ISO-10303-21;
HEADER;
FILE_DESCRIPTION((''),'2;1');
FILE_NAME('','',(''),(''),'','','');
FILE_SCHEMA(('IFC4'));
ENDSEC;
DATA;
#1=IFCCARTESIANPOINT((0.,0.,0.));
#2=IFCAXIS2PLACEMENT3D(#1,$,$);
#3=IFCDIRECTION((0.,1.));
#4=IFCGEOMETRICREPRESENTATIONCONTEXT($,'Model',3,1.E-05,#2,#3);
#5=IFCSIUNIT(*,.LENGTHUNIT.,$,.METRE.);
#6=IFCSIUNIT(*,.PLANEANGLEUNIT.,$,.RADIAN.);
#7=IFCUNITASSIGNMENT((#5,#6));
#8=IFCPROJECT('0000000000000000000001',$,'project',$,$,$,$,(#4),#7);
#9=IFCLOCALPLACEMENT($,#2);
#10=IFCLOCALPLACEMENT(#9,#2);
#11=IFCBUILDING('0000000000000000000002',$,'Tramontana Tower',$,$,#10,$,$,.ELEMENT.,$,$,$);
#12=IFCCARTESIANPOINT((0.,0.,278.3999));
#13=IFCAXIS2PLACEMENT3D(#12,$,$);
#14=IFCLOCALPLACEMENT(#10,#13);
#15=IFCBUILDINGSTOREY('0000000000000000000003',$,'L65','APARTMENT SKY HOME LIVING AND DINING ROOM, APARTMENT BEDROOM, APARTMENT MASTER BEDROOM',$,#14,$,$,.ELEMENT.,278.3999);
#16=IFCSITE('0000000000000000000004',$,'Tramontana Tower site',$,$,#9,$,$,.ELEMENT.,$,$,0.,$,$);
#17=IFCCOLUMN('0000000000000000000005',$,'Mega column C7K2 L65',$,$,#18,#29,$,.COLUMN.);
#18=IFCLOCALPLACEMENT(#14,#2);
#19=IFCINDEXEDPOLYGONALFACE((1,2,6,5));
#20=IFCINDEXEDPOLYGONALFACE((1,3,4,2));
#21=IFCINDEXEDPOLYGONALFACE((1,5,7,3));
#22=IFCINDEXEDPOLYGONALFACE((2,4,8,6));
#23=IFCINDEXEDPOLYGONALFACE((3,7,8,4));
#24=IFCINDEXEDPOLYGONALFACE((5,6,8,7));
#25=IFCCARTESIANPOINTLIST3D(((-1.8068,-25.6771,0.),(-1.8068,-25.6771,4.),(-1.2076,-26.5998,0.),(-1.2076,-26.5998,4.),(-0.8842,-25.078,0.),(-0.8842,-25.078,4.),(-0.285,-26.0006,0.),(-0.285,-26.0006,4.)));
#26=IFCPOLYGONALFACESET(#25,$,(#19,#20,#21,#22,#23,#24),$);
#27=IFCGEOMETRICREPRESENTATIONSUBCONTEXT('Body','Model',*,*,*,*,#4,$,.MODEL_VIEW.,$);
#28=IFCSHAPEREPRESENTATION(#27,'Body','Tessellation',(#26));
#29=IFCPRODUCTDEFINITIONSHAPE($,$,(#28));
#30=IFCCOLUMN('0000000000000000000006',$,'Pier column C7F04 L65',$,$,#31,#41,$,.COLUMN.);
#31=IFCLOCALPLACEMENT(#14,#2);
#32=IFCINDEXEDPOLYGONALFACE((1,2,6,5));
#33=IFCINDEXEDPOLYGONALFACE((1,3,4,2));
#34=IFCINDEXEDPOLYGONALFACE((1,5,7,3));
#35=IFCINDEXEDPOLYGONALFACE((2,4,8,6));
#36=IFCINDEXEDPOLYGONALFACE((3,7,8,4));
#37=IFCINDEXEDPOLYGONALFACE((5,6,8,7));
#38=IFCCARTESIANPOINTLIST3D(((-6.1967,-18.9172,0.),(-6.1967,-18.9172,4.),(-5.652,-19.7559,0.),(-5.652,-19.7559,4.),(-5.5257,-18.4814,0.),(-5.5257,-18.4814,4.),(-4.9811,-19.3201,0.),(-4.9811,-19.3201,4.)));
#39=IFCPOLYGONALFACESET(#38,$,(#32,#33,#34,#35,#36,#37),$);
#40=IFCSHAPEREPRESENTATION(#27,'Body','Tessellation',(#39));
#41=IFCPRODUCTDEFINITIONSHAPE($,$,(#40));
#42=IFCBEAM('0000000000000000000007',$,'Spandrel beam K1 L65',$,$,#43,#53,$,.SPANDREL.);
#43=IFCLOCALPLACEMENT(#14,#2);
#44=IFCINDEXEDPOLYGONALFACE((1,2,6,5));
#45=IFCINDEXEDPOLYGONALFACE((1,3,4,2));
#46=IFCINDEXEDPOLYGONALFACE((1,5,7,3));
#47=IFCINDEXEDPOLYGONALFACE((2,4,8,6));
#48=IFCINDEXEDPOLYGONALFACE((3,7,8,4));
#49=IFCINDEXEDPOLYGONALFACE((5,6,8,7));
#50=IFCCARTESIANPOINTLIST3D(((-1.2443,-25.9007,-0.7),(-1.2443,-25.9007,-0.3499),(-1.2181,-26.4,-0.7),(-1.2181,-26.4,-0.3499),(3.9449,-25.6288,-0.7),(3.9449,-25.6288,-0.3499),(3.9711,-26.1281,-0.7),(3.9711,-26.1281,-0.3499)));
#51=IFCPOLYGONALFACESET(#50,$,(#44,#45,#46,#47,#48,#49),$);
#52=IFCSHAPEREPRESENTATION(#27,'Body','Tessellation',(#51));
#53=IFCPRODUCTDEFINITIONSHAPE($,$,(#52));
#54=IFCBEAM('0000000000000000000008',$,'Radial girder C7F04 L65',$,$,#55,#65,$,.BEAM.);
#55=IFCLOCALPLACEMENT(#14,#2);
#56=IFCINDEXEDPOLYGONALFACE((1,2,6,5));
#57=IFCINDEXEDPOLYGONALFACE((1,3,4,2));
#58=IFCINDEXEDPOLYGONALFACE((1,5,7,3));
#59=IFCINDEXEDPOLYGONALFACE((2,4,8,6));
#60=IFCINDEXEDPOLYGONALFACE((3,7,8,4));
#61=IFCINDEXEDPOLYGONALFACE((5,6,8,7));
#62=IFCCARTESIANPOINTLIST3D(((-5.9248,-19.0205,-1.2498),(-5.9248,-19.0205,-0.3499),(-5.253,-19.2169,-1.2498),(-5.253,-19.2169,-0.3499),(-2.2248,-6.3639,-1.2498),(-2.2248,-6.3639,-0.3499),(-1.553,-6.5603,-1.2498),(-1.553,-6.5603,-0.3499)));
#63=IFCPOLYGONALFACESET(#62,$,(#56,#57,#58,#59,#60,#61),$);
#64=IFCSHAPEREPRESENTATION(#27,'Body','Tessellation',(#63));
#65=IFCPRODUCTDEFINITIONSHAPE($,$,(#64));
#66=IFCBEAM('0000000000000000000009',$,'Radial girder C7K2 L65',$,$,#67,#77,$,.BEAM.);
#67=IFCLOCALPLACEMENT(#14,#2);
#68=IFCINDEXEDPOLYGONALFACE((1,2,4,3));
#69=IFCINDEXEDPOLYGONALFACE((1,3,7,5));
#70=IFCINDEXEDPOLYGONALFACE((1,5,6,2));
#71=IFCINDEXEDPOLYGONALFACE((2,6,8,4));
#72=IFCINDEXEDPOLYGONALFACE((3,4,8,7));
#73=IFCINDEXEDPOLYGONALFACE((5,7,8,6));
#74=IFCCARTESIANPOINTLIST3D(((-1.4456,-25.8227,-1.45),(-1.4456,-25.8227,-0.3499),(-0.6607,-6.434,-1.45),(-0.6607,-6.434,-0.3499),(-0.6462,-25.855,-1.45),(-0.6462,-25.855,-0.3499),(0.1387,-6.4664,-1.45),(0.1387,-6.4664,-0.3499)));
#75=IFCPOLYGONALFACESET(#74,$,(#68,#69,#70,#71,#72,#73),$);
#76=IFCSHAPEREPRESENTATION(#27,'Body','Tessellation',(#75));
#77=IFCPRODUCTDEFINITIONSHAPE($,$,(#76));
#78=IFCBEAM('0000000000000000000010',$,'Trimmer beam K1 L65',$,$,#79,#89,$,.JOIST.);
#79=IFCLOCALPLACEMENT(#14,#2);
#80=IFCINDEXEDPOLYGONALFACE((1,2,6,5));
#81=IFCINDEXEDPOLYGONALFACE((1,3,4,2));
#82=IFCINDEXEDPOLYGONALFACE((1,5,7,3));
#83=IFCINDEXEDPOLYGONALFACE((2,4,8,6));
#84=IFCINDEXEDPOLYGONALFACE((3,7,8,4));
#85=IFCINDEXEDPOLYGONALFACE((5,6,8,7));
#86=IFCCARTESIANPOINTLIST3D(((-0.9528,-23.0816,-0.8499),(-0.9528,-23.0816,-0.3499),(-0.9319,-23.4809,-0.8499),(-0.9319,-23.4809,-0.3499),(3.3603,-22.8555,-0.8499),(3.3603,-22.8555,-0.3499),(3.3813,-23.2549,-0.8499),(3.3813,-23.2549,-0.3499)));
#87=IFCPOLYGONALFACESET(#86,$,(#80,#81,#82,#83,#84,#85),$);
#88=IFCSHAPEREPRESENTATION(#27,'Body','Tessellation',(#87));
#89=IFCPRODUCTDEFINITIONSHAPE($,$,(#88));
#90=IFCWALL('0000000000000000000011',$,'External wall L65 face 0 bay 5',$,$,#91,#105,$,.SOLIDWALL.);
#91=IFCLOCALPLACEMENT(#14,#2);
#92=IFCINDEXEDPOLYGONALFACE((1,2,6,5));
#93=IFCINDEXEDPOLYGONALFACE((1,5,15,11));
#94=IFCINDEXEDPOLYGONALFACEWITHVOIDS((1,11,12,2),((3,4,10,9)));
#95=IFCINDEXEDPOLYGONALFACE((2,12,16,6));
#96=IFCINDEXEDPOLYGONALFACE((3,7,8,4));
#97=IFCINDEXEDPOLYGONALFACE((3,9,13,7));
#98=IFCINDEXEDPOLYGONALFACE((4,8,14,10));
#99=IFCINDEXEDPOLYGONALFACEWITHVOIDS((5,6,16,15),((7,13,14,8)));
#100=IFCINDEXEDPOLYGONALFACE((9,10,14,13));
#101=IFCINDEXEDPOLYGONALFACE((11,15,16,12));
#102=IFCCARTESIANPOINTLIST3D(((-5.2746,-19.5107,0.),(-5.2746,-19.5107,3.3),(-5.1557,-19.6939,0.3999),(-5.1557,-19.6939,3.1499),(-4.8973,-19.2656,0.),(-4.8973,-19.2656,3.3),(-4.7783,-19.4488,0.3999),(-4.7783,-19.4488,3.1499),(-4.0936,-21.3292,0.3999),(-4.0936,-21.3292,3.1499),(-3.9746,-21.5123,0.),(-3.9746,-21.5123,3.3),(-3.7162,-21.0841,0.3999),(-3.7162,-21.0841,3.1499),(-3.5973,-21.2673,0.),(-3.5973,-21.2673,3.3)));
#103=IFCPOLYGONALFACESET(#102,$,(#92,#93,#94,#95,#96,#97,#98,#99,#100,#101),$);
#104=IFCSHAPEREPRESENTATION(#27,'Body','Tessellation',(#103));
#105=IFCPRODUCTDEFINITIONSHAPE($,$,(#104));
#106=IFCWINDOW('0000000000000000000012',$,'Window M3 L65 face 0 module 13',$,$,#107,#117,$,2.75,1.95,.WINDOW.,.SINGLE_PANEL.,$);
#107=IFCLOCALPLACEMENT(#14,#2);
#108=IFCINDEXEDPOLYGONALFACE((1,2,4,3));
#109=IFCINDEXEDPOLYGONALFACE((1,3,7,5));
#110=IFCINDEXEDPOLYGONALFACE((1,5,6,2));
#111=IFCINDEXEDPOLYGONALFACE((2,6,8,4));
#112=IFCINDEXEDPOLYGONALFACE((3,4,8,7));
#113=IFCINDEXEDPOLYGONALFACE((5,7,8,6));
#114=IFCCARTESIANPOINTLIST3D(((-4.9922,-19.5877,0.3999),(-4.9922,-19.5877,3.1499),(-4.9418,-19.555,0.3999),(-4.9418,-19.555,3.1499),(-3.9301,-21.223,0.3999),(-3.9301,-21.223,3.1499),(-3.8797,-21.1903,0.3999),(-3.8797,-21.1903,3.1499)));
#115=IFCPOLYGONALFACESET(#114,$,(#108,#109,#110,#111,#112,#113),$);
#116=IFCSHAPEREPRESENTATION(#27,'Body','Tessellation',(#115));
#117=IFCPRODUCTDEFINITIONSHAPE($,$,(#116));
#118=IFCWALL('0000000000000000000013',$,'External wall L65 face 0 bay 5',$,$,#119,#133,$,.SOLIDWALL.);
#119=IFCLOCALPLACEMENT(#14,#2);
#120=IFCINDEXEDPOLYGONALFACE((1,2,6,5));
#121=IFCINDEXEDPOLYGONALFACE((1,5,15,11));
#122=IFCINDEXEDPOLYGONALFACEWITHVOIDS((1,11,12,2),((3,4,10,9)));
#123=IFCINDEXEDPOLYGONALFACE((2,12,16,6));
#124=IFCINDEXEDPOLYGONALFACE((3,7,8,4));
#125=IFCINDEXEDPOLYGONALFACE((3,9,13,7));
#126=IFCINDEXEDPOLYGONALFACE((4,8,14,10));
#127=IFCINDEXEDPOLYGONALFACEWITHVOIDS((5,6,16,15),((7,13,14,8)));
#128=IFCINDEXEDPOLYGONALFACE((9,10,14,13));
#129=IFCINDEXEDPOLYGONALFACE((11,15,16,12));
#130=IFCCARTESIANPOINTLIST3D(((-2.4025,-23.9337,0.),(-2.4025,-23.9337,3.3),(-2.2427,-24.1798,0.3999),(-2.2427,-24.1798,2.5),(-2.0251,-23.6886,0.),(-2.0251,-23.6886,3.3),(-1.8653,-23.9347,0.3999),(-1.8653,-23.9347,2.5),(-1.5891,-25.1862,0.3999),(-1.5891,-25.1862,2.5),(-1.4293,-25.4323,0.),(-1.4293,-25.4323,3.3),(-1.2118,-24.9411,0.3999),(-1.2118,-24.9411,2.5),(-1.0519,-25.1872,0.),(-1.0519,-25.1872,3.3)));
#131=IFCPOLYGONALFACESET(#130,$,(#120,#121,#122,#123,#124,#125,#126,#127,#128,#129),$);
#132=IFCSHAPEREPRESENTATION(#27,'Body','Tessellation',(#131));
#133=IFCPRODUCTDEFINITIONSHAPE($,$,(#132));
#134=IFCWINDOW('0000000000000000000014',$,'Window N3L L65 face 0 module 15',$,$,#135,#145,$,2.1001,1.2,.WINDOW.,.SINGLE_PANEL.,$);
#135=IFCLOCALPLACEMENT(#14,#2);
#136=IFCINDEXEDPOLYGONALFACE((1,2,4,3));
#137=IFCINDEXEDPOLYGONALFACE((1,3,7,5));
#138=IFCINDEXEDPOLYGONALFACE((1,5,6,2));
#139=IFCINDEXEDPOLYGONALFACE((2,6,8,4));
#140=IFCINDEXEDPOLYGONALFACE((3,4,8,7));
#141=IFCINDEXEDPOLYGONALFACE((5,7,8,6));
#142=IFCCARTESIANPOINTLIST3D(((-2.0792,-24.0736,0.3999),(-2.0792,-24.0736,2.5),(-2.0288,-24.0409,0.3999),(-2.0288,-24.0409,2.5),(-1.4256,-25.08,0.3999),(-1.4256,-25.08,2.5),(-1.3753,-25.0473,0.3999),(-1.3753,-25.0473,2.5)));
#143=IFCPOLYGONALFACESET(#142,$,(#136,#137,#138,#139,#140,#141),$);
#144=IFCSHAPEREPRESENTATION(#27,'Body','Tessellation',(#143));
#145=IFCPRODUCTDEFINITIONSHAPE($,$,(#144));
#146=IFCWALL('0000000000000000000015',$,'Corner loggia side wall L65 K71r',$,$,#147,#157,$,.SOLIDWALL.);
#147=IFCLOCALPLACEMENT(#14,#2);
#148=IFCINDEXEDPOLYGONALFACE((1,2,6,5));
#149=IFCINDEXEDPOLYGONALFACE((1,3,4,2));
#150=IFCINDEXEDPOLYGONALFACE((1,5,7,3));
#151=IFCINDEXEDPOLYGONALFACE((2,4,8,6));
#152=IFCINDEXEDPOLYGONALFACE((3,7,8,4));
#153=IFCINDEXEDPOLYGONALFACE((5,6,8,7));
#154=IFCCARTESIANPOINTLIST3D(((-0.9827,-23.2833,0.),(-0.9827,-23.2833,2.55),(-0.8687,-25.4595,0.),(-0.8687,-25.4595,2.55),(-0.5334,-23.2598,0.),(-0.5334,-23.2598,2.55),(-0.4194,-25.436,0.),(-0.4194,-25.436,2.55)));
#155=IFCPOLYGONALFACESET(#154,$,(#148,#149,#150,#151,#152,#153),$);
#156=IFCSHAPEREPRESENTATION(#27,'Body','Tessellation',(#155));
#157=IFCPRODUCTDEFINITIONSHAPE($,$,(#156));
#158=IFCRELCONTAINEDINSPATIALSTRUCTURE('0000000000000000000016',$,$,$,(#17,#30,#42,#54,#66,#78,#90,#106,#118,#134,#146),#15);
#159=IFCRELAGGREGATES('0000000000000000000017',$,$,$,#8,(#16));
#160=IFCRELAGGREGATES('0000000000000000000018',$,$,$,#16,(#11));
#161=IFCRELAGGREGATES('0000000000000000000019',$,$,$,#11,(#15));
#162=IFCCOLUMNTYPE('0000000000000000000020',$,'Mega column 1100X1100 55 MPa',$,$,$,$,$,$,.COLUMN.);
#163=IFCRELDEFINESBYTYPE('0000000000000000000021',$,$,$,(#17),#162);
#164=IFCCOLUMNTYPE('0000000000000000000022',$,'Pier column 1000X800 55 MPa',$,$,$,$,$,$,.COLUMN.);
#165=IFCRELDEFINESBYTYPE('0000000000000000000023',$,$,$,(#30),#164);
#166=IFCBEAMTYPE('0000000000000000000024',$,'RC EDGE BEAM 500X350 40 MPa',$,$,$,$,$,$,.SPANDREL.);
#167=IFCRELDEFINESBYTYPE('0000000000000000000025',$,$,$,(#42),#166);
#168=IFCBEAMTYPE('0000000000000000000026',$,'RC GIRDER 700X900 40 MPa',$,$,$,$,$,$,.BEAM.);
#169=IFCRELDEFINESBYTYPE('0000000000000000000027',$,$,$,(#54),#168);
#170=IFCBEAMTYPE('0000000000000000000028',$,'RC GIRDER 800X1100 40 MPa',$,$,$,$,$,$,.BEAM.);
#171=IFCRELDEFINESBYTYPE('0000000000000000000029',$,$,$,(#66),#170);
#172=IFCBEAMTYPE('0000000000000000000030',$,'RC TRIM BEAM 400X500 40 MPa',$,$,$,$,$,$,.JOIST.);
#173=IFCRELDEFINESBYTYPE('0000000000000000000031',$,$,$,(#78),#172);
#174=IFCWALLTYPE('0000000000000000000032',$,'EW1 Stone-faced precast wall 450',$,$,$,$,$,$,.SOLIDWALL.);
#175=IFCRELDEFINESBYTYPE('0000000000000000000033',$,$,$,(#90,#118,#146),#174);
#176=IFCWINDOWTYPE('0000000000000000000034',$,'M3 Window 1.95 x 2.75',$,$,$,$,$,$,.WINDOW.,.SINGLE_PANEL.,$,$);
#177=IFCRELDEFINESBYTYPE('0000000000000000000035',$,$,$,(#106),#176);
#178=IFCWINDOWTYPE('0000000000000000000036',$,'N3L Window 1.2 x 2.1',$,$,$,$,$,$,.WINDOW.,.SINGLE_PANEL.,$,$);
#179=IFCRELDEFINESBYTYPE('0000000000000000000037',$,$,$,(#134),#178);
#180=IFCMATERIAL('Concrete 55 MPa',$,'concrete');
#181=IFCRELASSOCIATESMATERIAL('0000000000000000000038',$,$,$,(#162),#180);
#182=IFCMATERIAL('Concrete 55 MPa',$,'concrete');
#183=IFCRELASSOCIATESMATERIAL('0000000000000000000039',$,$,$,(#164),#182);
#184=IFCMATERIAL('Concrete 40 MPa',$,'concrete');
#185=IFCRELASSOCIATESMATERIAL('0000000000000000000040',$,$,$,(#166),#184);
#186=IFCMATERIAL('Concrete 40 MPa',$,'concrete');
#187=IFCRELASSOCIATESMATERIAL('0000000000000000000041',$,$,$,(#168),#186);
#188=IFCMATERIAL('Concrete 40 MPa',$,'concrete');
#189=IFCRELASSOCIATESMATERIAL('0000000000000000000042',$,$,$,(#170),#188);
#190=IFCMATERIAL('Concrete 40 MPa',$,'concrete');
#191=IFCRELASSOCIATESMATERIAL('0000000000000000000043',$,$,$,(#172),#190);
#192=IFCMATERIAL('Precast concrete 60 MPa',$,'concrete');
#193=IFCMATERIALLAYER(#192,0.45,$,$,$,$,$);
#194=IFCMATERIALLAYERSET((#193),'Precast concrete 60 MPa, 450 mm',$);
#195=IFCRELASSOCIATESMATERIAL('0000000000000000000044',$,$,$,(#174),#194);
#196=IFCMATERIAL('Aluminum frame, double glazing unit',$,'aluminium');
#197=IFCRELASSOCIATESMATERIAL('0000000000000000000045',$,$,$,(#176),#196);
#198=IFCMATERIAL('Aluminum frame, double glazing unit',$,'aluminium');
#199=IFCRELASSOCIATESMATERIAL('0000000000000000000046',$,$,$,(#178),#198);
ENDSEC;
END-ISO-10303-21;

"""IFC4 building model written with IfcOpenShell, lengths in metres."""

from ifc_helpers import new_model, si_unit, direction, frame, frame_2d, origin, origin_2d, place, context, subcontext, project, spatial, rectangle, extrude, material, layer, layer_set, material_profile, profile_set, type_object, element, fill, save


model = new_model("IFC4")

# Units and contexts
model_context = context("Model", 3, precision=1e-05, world=origin(), true_north=direction((0.0, 1.0)))
body_context = subcontext(model_context, "Body", "Model", "MODEL_VIEW")
ifc_project = project(units=[si_unit("LENGTHUNIT", "METRE"), si_unit("PLANEANGLEUNIT", "RADIAN")], contexts=[model_context])

# Site, building, storey
site_placement = place(None, origin())
site = spatial("IfcSite", under=ifc_project, at=site_placement, Name="Tramontana Tower site", CompositionType="ELEMENT", RefElevation=0.0)
building_placement = place(site_placement, origin())
building = spatial("IfcBuilding", under=site, at=building_placement, Name="Tramontana Tower", CompositionType="ELEMENT")
storey_placement = place(building_placement, frame((0.0, 0.0, 278.3999)))
storey = spatial("IfcBuildingStorey", under=building, at=storey_placement, Name="L65", Description="APARTMENT SKY HOME LIVING AND DINING ROOM, APARTMENT BEDROOM, APARTMENT MASTER BEDROOM", CompositionType="ELEMENT", Elevation=278.3999)

# Columns
ifc_material_1 = material(Name="Concrete 55 MPa", Category="concrete")
ifc_material_profile_1 = material_profile(ifc_material_1, rectangle(XDim=1.1001, YDim=1.1001, at=origin_2d()), Name="Mega column 1100X1100 55 MPa")
ifc_profile_set_1 = profile_set([ifc_material_profile_1], Name="Concrete 55 MPa")
column_type_1 = type_object("IfcColumnType", Name="Mega column 1100X1100 55 MPa", PredefinedType="COLUMN", material=ifc_profile_set_1)
column_1_placement = place(storey_placement, frame((-1.0459, -25.8389, 0.0), z_axis=(0.0, 0.0, 1.0), x_axis=(0.544639, -0.838671, 0.0)))
element("IfcColumn", 1, at=column_1_placement, inside=storey, type_object=column_type_1, Name="Mega column C7K2 L65", PredefinedType="COLUMN", context=body_context, shape_type="SweptSolid", body=[
    extrude(rectangle(XDim=1.1001, YDim=1.1001, at=origin_2d()), origin(), (0.0, 0.0, 1.0), 4.0),
])
ifc_material_2 = material(Name="Concrete 55 MPa", Category="concrete")
ifc_material_profile_2 = material_profile(ifc_material_2, rectangle(XDim=1.0, YDim=0.8, at=origin_2d()), Name="Pier column 1000X800 55 MPa")
ifc_profile_set_2 = profile_set([ifc_material_profile_2], Name="Concrete 55 MPa")
column_type_2 = type_object("IfcColumnType", Name="Pier column 1000X800 55 MPa", PredefinedType="COLUMN", material=ifc_profile_set_2)
column_2_placement = place(storey_placement, frame((-5.5889, -19.1187, 0.0), z_axis=(0.0, 0.0, 1.0), x_axis=(0.544639, -0.838671, 0.0)))
element("IfcColumn", 2, at=column_2_placement, inside=storey, type_object=column_type_2, Name="Pier column C7F04 L65", PredefinedType="COLUMN", context=body_context, shape_type="SweptSolid", body=[
    extrude(rectangle(XDim=1.0, YDim=0.8, at=origin_2d()), origin(), (0.0, 0.0, 1.0), 4.0),
])

# Beams
ifc_material_3 = material(Name="Concrete 40 MPa", Category="concrete")
ifc_material_profile_3 = material_profile(ifc_material_3, rectangle(XDim=0.5, YDim=0.3501, at=origin_2d()), Name="RC EDGE BEAM 500X350 40 MPa")
ifc_profile_set_3 = profile_set([ifc_material_profile_3], Name="Concrete 40 MPa")
beam_type_1 = type_object("IfcBeamType", Name="RC EDGE BEAM 500X350 40 MPa", PredefinedType="SPANDREL", material=ifc_profile_set_3)
beam_1_placement = place(storey_placement, frame((-1.2312, -26.1504, -0.5249), z_axis=(0.998629, 0.052339, 0.0), x_axis=(-0.052339, 0.998629, 0.0)))
element("IfcBeam", 3, at=beam_1_placement, inside=storey, type_object=beam_type_1, Name="Spandrel beam K1 L65", PredefinedType="SPANDREL", context=body_context, shape_type="SweptSolid", body=[
    extrude(rectangle(XDim=0.5, YDim=0.3501, at=origin_2d()), origin(), (0.0, 0.0, 1.0), 5.1963),
])
ifc_material_4 = material(Name="Concrete 40 MPa", Category="concrete")
ifc_material_profile_4 = material_profile(ifc_material_4, rectangle(XDim=0.7, YDim=0.8999, at=origin_2d()), Name="RC GIRDER 700X900 40 MPa")
ifc_profile_set_4 = profile_set([ifc_material_profile_4], Name="Concrete 40 MPa")
beam_type_2 = type_object("IfcBeamType", Name="RC GIRDER 700X900 40 MPa", PredefinedType="BEAM", material=ifc_profile_set_4)
beam_2_placement = place(storey_placement, frame((-5.5889, -19.1187, -0.7998), z_axis=(0.280592, 0.959827, 0.0), x_axis=(-0.959827, 0.280592, 0.0)))
element("IfcBeam", 4, at=beam_2_placement, inside=storey, type_object=beam_type_2, Name="Radial girder C7F04 L65", PredefinedType="BEAM", context=body_context, shape_type="SweptSolid", body=[
    extrude(rectangle(XDim=0.7, YDim=0.8999, at=origin_2d()), origin(), (0.0, 0.0, 1.0), 13.1863),
])
ifc_material_5 = material(Name="Concrete 40 MPa", Category="concrete")
ifc_material_profile_5 = material_profile(ifc_material_5, rectangle(XDim=0.8, YDim=1.1001, at=origin_2d()), Name="RC GIRDER 800X1100 40 MPa")
ifc_profile_set_5 = profile_set([ifc_material_profile_5], Name="Concrete 40 MPa")
beam_type_3 = type_object("IfcBeamType", Name="RC GIRDER 800X1100 40 MPa", PredefinedType="BEAM", material=ifc_profile_set_5)
beam_3_placement = place(storey_placement, frame((-1.0459, -25.8389, -0.8999), z_axis=(0.04045, 0.999182, 0.0), x_axis=(-0.999182, 0.04045, 0.0)))
element("IfcBeam", 5, at=beam_3_placement, inside=storey, type_object=beam_type_3, Name="Radial girder C7K2 L65", PredefinedType="BEAM", context=body_context, shape_type="SweptSolid", body=[
    extrude(rectangle(XDim=0.8, YDim=1.1001, at=origin_2d()), origin(), (0.0, 0.0, 1.0), 19.4045),
])
ifc_material_6 = material(Name="Concrete 40 MPa", Category="concrete")
ifc_material_profile_6 = material_profile(ifc_material_6, rectangle(XDim=0.3999, YDim=0.5, at=origin_2d()), Name="RC TRIM BEAM 400X500 40 MPa")
ifc_profile_set_6 = profile_set([ifc_material_profile_6], Name="Concrete 40 MPa")
beam_type_4 = type_object("IfcBeamType", Name="RC TRIM BEAM 400X500 40 MPa", PredefinedType="JOIST", material=ifc_profile_set_6)
beam_4_placement = place(storey_placement, frame((-0.9424, -23.2812, -0.5999), z_axis=(0.998629, 0.052342, 0.0), x_axis=(-0.052342, 0.998629, 0.0)))
element("IfcBeam", 6, at=beam_4_placement, inside=storey, type_object=beam_type_4, Name="Trimmer beam K1 L65", PredefinedType="JOIST", context=body_context, shape_type="SweptSolid", body=[
    extrude(rectangle(XDim=0.3999, YDim=0.5, at=origin_2d()), origin(), (0.0, 0.0, 1.0), 4.3191),
])

# Walls, openings, windows
ifc_material_7 = material(Name="Precast concrete 60 MPa", Category="concrete")
ifc_layer_1 = layer(ifc_material_7, 0.45)
ifc_layer_set_1 = layer_set([ifc_layer_1], Name="Precast concrete 60 MPa, 450 mm")
wall_type_1 = type_object("IfcWallType", Name="EW1 Stone-faced precast wall 450", PredefinedType="SOLIDWALL", material=ifc_layer_set_1)
wall_1_placement = place(storey_placement, frame((-5.0859, -19.3882, 0.0), z_axis=(0.0, 0.0, 1.0), x_axis=(0.544676, -0.838647, 0.0)))
wall_1 = element("IfcWall", 7, at=wall_1_placement, inside=storey, type_object=wall_type_1, Name="External wall L65 face 0 bay 5", PredefinedType="SOLIDWALL", context=body_context, shape_type="SweptSolid", body=[
    extrude(rectangle(XDim=2.3867, YDim=0.45, at=frame_2d((1.1934, 0.0))), origin(), (0.0, 0.0, 1.0), 3.3),
])
opening_1_placement = place(wall_1_placement, frame((0.2183, 0.0, 0.3999)))
opening_1 = element("IfcOpeningElement", 8, at=opening_1_placement, cuts=wall_1, PredefinedType="OPENING", context=body_context, shape_type="SweptSolid", body=[
    extrude(rectangle(XDim=1.95, YDim=2.75, at=frame_2d((0.9751, 1.375))), frame((0.0, 0.2349, 0.0), z_axis=(0.0, -1.0, 0.0), x_axis=(1.0, 0.0, 0.0)), (0.0, 0.0, 1.0), 0.47),
])
ifc_material_8 = material(Name="Aluminum frame, double glazing unit", Category="aluminium")
window_type_1 = type_object("IfcWindowType", Name="M3 Window 1.95 x 2.75", PartitioningType="SINGLE_PANEL", PredefinedType="WINDOW", material=ifc_material_8)
window_1_placement = place(opening_1_placement, origin())
window_1 = element("IfcWindow", 9, at=window_1_placement, inside=storey, type_object=window_type_1, Name="Window M3 L65 face 0 module 13", OverallHeight=2.75, OverallWidth=1.95, PartitioningType="SINGLE_PANEL", PredefinedType="WINDOW", context=body_context, shape_type="SweptSolid", body=[
    extrude(rectangle(XDim=1.95, YDim=2.75, at=frame_2d((0.9751, 1.375))), frame((0.0, 0.03, 0.0), z_axis=(0.0, -1.0, 0.0), x_axis=(1.0, 0.0, 0.0)), (0.0, 0.0, 1.0), 0.0601),
])
fill(opening_1, window_1)
wall_2_placement = place(storey_placement, frame((-2.2139, -23.811, 0.0), z_axis=(0.0, 0.0, 1.0), x_axis=(0.544633, -0.838675, 0.0)))
wall_2 = element("IfcWall", 10, at=wall_2_placement, inside=storey, type_object=wall_type_1, Name="External wall L65 face 0 bay 5", PredefinedType="SOLIDWALL", context=body_context, shape_type="SweptSolid", body=[
    extrude(rectangle(XDim=1.7869, YDim=0.45, at=frame_2d((0.8936, 0.0))), origin(), (0.0, 0.0, 1.0), 3.3),
])
opening_2_placement = place(wall_2_placement, frame((0.2935, 0.0, 0.3999)))
opening_2 = element("IfcOpeningElement", 11, at=opening_2_placement, cuts=wall_2, PredefinedType="OPENING", context=body_context, shape_type="SweptSolid", body=[
    extrude(rectangle(XDim=1.2, YDim=2.1001, at=frame_2d((0.6001, 1.05))), frame((0.0, 0.2349, 0.0), z_axis=(0.0, -1.0, 0.0), x_axis=(1.0, 0.0, 0.0)), (0.0, 0.0, 1.0), 0.47),
])
ifc_material_9 = material(Name="Aluminum frame, double glazing unit", Category="aluminium")
window_type_2 = type_object("IfcWindowType", Name="N3L Window 1.2 x 2.1", PartitioningType="SINGLE_PANEL", PredefinedType="WINDOW", material=ifc_material_9)
window_2_placement = place(opening_2_placement, origin())
window_2 = element("IfcWindow", 12, at=window_2_placement, inside=storey, type_object=window_type_2, Name="Window N3L L65 face 0 module 15", OverallHeight=2.1001, OverallWidth=1.2, PartitioningType="SINGLE_PANEL", PredefinedType="WINDOW", context=body_context, shape_type="SweptSolid", body=[
    extrude(rectangle(XDim=1.2, YDim=2.1001, at=frame_2d((0.6001, 1.05))), frame((0.0, 0.03, 0.0), z_axis=(0.0, -1.0, 0.0), x_axis=(1.0, 0.0, 0.0)), (0.0, 0.0, 1.0), 0.0601),
])
fill(opening_2, window_2)

# Wall
wall_3_placement = place(storey_placement, frame((-0.644, -25.4478, 0.0), z_axis=(0.0, 0.0, 1.0), x_axis=(-0.052318, 0.99863, 0.0)))
element("IfcWall", 13, at=wall_3_placement, inside=storey, type_object=wall_type_1, Name="Corner loggia side wall L65 K71r", PredefinedType="SOLIDWALL", context=body_context, shape_type="SweptSolid", body=[
    extrude(rectangle(XDim=2.1792, YDim=0.45, at=frame_2d((1.0896, 0.0))), origin(), (0.0, 0.0, 1.0), 2.55),
])

save(model, "model.ifc")
